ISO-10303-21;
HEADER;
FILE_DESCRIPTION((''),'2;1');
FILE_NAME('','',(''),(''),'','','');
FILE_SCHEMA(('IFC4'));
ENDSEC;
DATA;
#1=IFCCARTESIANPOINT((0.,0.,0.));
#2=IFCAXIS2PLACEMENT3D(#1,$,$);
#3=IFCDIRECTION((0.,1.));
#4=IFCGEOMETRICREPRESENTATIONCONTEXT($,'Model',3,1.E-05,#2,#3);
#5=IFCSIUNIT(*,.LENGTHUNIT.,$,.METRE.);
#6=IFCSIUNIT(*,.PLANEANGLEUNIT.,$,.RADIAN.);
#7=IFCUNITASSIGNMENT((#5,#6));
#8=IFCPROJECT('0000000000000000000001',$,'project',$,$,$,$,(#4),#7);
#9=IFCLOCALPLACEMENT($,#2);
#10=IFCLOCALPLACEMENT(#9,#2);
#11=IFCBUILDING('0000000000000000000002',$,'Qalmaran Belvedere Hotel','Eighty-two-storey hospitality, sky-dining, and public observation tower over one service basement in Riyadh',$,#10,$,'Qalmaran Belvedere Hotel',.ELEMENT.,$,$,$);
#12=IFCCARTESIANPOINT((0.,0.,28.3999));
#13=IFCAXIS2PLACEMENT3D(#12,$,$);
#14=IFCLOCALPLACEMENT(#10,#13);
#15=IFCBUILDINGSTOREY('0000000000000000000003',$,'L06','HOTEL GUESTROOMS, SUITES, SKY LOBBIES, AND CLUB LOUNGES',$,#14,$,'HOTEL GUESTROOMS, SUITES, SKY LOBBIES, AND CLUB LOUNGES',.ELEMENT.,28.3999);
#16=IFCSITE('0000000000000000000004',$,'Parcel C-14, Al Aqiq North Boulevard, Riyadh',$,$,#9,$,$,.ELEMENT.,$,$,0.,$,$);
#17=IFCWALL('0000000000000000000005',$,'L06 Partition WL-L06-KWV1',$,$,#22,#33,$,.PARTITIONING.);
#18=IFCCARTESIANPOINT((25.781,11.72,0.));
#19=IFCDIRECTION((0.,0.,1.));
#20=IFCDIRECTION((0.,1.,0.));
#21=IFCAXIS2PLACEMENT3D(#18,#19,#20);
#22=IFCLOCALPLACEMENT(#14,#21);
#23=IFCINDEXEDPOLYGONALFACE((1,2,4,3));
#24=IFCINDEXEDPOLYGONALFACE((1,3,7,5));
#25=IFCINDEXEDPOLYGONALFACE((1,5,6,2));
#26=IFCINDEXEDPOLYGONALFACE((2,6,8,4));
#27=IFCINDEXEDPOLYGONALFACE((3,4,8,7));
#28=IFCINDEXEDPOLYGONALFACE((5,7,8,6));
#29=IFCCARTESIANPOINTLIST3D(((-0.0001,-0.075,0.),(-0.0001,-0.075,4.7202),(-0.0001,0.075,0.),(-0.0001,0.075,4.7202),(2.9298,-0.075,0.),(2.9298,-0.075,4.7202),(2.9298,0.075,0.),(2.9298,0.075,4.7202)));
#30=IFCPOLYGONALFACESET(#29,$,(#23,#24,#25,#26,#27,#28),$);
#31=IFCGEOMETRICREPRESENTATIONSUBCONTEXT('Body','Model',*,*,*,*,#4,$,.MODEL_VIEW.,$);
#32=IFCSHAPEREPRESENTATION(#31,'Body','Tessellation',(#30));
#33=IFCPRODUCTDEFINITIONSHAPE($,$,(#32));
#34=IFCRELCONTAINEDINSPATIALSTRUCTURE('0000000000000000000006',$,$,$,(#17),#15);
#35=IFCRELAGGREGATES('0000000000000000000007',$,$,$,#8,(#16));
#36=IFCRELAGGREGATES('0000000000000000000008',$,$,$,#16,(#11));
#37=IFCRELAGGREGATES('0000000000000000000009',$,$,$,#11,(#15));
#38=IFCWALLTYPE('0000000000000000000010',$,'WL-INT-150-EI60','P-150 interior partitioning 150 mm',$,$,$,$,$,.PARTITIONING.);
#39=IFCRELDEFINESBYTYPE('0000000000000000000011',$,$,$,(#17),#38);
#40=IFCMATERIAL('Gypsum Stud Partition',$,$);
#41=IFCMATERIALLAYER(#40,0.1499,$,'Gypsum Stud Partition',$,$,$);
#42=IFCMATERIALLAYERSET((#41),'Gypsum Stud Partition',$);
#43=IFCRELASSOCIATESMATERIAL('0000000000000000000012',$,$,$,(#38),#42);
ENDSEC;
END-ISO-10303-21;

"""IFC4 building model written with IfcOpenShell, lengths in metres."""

from ifc_helpers import new_model, si_unit, direction, frame, frame_2d, origin, place, context, subcontext, project, spatial, rectangle, extrude, material, layer, layer_set, type_object, element, save


model = new_model("IFC4")

# Units and contexts
model_context = context("Model", 3, precision=1e-05, world=origin(), true_north=direction((0.0, 1.0)))
body_context = subcontext(model_context, "Body", "Model", "MODEL_VIEW")
ifc_project = project(units=[si_unit("LENGTHUNIT", "METRE"), si_unit("PLANEANGLEUNIT", "RADIAN")], contexts=[model_context])

# Site, building, storey
site_placement = place(None, origin())
site = spatial("IfcSite", under=ifc_project, at=site_placement, Name="Parcel C-14, Al Aqiq North Boulevard, Riyadh", CompositionType="ELEMENT", RefElevation=0.0)
building_placement = place(site_placement, origin())
building = spatial("IfcBuilding", under=site, at=building_placement, Name="Qalmaran Belvedere Hotel", Description="Eighty-two-storey hospitality, sky-dining, and public observation tower over one service basement in Riyadh", LongName="Qalmaran Belvedere Hotel", CompositionType="ELEMENT")
storey_placement = place(building_placement, frame((0.0, 0.0, 28.3999)))
storey = spatial("IfcBuildingStorey", under=building, at=storey_placement, Name="L06", Description="HOTEL GUESTROOMS, SUITES, SKY LOBBIES, AND CLUB LOUNGES", LongName="HOTEL GUESTROOMS, SUITES, SKY LOBBIES, AND CLUB LOUNGES", CompositionType="ELEMENT", Elevation=28.3999)

# Wall
ifc_material_1 = material(Name="Gypsum Stud Partition")
ifc_layer_1 = layer(ifc_material_1, 0.1499, Name="Gypsum Stud Partition")
ifc_layer_set_1 = layer_set([ifc_layer_1], Name="Gypsum Stud Partition")
wall_type_1 = type_object("IfcWallType", Name="WL-INT-150-EI60", Description="P-150 interior partitioning 150 mm", PredefinedType="PARTITIONING", material=ifc_layer_set_1)
wall_1_placement = place(storey_placement, frame((25.781, 11.72, 0.0), z_axis=(0.0, 0.0, 1.0), x_axis=(0.0, 1.0, 0.0)))
element("IfcWall", 1, at=wall_1_placement, inside=storey, type_object=wall_type_1, Name="L06 Partition WL-L06-KWV1", PredefinedType="PARTITIONING", context=body_context, shape_type="SweptSolid", body=[
    extrude(rectangle(XDim=2.9299, YDim=0.1499, at=frame_2d((1.4648, 0.0))), origin(), (0.0, 0.0, 1.0), 4.7202),
])

save(model, "model.ifc")
